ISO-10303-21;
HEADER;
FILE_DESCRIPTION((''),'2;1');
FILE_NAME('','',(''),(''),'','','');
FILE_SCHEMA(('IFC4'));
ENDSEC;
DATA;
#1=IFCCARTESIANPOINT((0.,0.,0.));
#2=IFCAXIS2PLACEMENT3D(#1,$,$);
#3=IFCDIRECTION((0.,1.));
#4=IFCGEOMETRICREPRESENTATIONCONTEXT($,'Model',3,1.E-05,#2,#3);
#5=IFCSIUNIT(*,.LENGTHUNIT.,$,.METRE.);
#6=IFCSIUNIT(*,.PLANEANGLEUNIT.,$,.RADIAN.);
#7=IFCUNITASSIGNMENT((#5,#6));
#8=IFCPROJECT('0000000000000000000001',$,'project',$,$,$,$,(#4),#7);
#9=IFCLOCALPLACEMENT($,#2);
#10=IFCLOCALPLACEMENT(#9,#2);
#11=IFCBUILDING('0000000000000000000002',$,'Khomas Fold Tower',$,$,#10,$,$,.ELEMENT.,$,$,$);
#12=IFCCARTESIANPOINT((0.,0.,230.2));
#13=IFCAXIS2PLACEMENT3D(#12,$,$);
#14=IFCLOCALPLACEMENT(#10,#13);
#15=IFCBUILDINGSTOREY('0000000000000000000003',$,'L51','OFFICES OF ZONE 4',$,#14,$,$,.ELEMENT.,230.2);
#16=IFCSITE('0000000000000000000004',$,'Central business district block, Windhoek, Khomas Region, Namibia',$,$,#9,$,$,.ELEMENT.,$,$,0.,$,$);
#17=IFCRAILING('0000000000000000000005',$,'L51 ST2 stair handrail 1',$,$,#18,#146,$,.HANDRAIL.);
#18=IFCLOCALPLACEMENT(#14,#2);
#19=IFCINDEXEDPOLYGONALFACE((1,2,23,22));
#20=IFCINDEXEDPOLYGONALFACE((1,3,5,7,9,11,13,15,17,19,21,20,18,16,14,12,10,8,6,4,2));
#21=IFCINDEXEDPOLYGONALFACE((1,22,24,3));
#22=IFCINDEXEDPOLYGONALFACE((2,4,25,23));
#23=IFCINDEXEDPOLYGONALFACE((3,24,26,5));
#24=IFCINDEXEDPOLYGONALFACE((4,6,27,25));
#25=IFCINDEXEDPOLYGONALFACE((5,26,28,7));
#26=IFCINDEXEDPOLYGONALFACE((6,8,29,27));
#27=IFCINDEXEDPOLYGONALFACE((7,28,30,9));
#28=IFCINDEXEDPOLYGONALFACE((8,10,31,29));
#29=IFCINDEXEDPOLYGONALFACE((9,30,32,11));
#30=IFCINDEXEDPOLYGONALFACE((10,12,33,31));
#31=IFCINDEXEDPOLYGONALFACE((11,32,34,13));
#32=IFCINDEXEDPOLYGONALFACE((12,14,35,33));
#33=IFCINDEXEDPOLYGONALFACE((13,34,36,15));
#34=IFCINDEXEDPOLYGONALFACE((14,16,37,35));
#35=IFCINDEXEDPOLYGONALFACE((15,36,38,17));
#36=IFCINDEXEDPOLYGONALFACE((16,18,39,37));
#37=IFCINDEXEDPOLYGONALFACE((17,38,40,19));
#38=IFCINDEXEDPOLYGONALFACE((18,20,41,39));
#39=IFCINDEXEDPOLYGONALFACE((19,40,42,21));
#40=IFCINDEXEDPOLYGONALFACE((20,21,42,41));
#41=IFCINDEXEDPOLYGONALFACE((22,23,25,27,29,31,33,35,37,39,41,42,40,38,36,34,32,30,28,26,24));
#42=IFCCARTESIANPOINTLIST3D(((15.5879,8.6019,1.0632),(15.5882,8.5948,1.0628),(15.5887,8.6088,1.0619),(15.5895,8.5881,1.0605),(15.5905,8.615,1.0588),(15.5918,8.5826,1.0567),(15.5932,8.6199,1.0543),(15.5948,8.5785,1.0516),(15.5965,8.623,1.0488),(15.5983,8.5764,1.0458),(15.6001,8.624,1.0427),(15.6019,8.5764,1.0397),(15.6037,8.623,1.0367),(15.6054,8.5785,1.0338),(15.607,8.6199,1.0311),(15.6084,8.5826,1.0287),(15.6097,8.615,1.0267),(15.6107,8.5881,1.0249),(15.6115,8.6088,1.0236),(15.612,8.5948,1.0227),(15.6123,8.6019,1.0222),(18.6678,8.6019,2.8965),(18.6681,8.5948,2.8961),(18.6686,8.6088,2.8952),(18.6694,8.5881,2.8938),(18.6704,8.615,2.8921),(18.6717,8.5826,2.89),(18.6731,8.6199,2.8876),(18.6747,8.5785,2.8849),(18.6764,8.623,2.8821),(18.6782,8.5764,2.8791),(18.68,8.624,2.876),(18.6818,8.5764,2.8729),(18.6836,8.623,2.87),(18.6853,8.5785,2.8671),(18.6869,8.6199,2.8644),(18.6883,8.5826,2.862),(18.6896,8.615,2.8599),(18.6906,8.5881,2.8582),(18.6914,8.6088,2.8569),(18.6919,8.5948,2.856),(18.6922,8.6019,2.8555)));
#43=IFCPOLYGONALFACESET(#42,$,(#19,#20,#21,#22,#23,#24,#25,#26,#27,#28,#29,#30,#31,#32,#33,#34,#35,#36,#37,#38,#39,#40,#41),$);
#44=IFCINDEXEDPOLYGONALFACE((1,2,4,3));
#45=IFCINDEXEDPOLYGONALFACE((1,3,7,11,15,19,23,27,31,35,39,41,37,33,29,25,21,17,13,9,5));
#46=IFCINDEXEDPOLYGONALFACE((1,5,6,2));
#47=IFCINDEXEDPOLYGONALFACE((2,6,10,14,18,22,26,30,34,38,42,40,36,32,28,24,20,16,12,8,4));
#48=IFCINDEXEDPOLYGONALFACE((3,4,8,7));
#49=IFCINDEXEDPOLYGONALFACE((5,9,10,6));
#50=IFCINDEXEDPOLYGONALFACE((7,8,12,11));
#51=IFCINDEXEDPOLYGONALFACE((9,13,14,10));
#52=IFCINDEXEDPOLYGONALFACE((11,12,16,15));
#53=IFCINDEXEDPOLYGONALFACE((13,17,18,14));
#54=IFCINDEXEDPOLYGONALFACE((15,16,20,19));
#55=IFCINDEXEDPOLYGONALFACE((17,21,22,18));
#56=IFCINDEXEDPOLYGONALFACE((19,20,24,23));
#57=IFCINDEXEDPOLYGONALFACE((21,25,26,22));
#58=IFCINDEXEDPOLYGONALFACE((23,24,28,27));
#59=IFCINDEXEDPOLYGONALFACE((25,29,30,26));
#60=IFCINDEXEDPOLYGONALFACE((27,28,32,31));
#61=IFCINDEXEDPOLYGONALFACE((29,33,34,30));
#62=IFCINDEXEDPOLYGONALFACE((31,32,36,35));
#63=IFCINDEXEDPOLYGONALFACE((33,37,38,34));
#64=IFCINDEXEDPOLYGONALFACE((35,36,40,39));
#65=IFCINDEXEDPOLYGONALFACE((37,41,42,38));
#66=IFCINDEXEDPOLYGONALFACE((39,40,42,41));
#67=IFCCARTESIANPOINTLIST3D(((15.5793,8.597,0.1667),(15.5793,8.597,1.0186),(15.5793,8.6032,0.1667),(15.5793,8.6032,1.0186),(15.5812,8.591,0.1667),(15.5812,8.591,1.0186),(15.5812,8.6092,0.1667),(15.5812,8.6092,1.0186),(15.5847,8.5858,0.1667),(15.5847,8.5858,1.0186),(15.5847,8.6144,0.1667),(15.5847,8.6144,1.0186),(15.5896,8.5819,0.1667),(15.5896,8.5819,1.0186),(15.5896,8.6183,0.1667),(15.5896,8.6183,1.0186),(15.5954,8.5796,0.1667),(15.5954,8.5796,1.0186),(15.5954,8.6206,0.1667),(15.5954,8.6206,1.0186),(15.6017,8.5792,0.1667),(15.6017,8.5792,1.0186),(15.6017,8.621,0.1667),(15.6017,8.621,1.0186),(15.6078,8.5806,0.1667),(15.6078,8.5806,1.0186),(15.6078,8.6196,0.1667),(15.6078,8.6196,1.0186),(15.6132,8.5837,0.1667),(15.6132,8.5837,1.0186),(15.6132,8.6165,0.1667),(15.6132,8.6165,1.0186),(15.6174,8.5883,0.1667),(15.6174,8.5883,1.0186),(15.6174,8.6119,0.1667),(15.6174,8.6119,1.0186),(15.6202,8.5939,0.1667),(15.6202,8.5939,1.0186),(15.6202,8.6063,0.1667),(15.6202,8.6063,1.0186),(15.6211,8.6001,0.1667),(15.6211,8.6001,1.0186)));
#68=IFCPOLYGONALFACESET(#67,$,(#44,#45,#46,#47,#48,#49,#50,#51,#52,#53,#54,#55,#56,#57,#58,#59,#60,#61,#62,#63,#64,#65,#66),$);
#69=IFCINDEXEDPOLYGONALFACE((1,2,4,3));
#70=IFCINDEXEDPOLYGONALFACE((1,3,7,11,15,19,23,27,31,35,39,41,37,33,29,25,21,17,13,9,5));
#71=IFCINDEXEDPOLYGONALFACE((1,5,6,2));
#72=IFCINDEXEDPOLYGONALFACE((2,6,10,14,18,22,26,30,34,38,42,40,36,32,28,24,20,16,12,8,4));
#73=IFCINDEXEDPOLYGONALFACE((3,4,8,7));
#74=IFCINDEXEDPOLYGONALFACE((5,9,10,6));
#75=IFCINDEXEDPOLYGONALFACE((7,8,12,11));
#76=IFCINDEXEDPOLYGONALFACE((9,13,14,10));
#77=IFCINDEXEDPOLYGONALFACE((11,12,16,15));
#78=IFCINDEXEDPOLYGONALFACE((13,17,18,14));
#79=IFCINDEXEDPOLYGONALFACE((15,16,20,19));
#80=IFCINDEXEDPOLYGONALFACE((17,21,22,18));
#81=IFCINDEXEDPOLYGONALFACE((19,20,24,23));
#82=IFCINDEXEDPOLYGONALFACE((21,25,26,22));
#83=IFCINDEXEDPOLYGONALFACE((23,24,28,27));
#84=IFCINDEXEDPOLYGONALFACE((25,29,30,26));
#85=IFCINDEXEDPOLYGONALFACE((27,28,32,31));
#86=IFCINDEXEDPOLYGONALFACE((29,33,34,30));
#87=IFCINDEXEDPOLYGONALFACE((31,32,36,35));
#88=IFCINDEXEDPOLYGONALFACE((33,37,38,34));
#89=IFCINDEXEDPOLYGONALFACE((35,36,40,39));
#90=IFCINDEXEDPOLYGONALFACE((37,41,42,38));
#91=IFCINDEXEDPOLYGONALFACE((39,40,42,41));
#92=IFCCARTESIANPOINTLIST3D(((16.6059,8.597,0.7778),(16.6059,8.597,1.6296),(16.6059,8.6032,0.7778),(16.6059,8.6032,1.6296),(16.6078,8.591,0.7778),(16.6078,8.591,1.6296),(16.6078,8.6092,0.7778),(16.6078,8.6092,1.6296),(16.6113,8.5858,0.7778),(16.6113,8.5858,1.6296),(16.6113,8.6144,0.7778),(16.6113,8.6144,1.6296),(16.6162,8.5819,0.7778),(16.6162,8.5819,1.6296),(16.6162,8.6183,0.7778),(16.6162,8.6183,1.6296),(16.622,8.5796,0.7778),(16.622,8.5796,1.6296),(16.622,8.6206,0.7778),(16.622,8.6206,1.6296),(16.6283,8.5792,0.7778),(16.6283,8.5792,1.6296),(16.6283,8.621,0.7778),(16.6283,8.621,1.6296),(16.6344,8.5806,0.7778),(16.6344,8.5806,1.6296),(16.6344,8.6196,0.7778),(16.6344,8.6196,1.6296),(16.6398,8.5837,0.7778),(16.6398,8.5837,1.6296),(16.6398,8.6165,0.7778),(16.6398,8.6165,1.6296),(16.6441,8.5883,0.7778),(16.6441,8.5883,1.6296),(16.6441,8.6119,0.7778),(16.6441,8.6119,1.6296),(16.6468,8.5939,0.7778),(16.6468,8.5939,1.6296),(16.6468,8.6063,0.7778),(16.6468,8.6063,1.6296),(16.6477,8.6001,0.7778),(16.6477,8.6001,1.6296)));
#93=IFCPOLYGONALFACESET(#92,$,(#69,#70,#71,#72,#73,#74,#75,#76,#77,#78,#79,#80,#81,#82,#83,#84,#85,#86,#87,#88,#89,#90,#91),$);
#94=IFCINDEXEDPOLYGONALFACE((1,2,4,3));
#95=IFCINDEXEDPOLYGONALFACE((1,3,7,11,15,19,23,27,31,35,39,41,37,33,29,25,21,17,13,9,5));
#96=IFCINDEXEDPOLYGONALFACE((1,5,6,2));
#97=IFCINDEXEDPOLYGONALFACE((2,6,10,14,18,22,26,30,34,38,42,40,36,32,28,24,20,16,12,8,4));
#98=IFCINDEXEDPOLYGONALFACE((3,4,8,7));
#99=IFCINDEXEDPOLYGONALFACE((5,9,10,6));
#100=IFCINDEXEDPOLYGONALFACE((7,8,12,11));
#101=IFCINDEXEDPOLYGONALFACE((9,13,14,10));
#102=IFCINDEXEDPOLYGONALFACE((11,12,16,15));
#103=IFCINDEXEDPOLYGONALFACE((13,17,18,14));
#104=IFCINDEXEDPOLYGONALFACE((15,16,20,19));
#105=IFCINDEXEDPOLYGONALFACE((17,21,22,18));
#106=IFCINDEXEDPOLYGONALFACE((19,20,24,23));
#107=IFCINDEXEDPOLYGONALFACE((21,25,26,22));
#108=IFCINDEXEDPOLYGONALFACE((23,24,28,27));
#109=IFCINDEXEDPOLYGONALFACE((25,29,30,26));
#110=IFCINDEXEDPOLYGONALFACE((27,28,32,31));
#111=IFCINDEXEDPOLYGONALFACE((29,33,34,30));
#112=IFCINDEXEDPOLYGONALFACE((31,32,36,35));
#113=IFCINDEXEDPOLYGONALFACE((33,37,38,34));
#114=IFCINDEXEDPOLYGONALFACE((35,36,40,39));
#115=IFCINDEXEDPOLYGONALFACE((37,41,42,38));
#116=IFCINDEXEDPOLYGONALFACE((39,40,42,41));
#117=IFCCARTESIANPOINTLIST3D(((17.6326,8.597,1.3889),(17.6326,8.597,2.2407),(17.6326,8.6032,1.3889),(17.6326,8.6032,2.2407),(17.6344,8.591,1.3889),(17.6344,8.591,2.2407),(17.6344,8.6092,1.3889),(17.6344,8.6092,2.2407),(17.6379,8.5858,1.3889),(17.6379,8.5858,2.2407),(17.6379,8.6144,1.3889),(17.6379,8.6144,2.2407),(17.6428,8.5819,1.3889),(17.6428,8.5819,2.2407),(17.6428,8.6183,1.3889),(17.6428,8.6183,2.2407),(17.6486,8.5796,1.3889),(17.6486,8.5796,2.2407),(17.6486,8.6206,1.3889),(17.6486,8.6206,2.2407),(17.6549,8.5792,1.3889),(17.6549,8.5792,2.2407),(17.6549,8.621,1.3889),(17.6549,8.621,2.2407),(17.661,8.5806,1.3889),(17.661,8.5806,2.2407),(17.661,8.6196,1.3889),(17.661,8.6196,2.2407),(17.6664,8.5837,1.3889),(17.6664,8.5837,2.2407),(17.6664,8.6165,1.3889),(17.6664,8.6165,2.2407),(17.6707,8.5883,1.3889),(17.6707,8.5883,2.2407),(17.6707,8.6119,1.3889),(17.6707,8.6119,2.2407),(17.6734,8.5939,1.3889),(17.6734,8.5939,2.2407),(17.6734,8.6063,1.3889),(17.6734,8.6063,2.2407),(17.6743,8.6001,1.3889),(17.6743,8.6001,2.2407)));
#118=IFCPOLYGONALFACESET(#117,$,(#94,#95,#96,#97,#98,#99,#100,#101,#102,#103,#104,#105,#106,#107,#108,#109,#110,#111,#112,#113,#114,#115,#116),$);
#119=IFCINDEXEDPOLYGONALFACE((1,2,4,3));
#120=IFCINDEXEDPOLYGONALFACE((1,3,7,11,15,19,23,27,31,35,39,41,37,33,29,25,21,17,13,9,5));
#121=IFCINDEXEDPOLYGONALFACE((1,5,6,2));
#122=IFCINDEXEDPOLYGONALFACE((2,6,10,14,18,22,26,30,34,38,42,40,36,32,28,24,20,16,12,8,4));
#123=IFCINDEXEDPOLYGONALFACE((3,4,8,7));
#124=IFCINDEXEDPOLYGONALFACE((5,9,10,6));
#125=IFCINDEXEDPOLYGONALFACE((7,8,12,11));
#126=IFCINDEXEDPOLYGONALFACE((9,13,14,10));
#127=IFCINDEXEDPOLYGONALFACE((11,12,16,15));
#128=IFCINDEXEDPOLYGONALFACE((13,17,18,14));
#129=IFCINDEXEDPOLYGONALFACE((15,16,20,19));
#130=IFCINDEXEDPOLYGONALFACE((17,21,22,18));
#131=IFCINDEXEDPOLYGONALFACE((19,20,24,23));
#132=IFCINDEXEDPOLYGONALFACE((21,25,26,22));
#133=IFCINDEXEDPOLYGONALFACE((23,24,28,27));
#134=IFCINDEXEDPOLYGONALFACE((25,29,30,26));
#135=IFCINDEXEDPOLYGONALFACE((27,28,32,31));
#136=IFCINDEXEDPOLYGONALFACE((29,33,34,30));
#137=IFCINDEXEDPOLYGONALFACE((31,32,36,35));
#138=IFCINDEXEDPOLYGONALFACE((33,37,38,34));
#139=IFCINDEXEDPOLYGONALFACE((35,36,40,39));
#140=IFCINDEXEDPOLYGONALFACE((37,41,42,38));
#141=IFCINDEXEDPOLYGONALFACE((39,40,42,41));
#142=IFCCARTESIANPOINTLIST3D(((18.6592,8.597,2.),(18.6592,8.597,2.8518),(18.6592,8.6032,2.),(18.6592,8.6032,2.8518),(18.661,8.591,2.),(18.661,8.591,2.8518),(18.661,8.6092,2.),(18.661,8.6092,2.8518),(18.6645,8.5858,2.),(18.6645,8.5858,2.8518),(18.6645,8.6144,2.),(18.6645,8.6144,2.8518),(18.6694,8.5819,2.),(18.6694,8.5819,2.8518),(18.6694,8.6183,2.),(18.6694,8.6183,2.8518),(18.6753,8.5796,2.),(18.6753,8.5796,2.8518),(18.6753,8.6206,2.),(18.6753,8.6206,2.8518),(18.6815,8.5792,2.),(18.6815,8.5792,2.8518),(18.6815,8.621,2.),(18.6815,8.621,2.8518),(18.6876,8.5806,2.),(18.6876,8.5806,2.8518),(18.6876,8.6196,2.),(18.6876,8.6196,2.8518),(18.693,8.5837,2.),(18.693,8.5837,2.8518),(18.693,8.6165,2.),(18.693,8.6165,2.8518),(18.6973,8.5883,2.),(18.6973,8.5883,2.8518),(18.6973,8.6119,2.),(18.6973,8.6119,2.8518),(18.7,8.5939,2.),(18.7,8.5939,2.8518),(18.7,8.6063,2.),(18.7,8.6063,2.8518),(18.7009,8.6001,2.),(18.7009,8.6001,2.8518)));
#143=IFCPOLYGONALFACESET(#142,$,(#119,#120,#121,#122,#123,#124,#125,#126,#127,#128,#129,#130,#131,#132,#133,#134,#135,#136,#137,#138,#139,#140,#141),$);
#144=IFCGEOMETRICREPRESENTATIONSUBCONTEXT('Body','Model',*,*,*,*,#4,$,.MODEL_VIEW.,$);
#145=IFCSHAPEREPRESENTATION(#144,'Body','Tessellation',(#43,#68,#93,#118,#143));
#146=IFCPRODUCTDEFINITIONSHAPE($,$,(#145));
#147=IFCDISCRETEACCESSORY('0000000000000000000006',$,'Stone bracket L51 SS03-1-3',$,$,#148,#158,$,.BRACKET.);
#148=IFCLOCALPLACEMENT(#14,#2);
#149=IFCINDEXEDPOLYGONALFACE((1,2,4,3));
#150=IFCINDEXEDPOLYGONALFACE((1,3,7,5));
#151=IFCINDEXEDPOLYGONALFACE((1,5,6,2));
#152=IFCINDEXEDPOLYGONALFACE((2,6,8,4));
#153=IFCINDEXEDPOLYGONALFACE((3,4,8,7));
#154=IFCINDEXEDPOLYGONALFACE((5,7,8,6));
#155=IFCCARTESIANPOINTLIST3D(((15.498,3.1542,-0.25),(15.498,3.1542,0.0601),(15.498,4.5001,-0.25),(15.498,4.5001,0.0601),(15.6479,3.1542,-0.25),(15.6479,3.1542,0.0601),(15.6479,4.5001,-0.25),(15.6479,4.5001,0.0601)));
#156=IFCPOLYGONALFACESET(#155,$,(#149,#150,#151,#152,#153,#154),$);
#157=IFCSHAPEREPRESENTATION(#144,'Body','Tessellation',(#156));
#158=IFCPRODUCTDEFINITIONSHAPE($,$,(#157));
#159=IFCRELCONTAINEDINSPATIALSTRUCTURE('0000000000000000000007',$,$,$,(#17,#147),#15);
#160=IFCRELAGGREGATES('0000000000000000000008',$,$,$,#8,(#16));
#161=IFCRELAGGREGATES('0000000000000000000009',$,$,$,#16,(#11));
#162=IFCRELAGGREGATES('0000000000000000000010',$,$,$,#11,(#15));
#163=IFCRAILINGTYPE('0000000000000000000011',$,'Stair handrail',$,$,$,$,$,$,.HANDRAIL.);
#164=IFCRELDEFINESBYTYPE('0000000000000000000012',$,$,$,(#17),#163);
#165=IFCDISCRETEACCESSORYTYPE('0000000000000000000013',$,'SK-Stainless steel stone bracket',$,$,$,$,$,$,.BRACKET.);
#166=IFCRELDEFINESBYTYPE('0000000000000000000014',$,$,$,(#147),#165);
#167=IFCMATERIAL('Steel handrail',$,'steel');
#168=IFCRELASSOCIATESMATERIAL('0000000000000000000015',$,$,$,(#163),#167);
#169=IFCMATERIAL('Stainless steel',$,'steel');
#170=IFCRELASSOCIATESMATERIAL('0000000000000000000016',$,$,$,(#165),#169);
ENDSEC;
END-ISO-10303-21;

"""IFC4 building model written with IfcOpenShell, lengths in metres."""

from ifc_helpers import new_model, si_unit, direction, frame, origin, origin_2d, place, context, subcontext, project, spatial, rectangle, circle, extrude, source, transform, mapped, material, type_object, element, save


model = new_model("IFC4")

# Units and contexts
model_context = context("Model", 3, precision=1e-05, world=origin(), true_north=direction((0.0, 1.0)))
body_context = subcontext(model_context, "Body", "Model", "MODEL_VIEW")
ifc_project = project(units=[si_unit("LENGTHUNIT", "METRE"), si_unit("PLANEANGLEUNIT", "RADIAN")], contexts=[model_context])

# Site, building, storey
site_placement = place(None, origin())
site = spatial("IfcSite", under=ifc_project, at=site_placement, Name="Central business district block, Windhoek, Khomas Region, Namibia", CompositionType="ELEMENT", RefElevation=0.0)
building_placement = place(site_placement, origin())
building = spatial("IfcBuilding", under=site, at=building_placement, Name="Khomas Fold Tower", CompositionType="ELEMENT")
storey_placement = place(building_placement, frame((0.0, 0.0, 230.2)))
storey = spatial("IfcBuildingStorey", under=building, at=storey_placement, Name="L51", Description="OFFICES OF ZONE 4", CompositionType="ELEMENT", Elevation=230.2)

# Railing
ifc_material_1 = material(Name="Steel handrail", Category="steel")
railing_type_1 = type_object("IfcRailingType", Name="Stair handrail", PredefinedType="HANDRAIL", material=ifc_material_1)
shared_shape_1 = source(origin(), body_context, "Body", "SweptSolid", [
    extrude(circle(Radius=0.0239, at=origin_2d()), frame((0.0, 0.0, 0.876), z_axis=(0.859291, 0.0, 0.511487), x_axis=(0.0, 1.0, 0.0)), (0.0, 0.0, 1.0), 3.5842),
    extrude(circle(Radius=0.021, at=origin_2d()), origin(), (0.0, 0.0, 1.0), 0.8518),
    extrude(circle(Radius=0.021, at=origin_2d()), frame((1.0266, 0.0, 0.6111)), (0.0, 0.0, 1.0), 0.8518),
    extrude(circle(Radius=0.021, at=origin_2d()), frame((2.0532, 0.0, 1.2222)), (0.0, 0.0, 1.0), 0.8518),
    extrude(circle(Radius=0.021, at=origin_2d()), frame((3.0798, 0.0, 1.8333)), (0.0, 0.0, 1.0), 0.8518),
])
railing_1_placement = place(storey_placement, frame((15.6001, 8.6001, 0.1667)))
element("IfcRailing", 1, at=railing_1_placement, inside=storey, type_object=railing_type_1, Name="L51 ST2 stair handrail 1", PredefinedType="HANDRAIL", context=body_context, shape_type="MappedRepresentation", body=[
    mapped(shared_shape_1, transform((0.0, 0.0, 0.0))),
])

# Discrete accessory
ifc_material_2 = material(Name="Stainless steel", Category="steel")
discrete_accessory_type = type_object("IfcDiscreteAccessoryType", Name="SK-Stainless steel stone bracket", PredefinedType="BRACKET", material=ifc_material_2)
shared_shape_2 = source(origin(), body_context, "Body", "SweptSolid", [
    extrude(rectangle(XDim=1.3459, YDim=0.1499, at=origin_2d()), origin(), (0.0, 0.0, 1.0), 0.3101),
])
discrete_accessory_placement = place(storey_placement, frame((15.573, 3.8271, -0.25), z_axis=(0.0, 0.0, 1.0), x_axis=(0.0, -1.0, 0.0)))
element("IfcDiscreteAccessory", 2, at=discrete_accessory_placement, inside=storey, type_object=discrete_accessory_type, Name="Stone bracket L51 SS03-1-3", PredefinedType="BRACKET", context=body_context, shape_type="MappedRepresentation", body=[
    mapped(shared_shape_2, transform((0.0, 0.0, 0.0))),
])

save(model, "model.ifc")
